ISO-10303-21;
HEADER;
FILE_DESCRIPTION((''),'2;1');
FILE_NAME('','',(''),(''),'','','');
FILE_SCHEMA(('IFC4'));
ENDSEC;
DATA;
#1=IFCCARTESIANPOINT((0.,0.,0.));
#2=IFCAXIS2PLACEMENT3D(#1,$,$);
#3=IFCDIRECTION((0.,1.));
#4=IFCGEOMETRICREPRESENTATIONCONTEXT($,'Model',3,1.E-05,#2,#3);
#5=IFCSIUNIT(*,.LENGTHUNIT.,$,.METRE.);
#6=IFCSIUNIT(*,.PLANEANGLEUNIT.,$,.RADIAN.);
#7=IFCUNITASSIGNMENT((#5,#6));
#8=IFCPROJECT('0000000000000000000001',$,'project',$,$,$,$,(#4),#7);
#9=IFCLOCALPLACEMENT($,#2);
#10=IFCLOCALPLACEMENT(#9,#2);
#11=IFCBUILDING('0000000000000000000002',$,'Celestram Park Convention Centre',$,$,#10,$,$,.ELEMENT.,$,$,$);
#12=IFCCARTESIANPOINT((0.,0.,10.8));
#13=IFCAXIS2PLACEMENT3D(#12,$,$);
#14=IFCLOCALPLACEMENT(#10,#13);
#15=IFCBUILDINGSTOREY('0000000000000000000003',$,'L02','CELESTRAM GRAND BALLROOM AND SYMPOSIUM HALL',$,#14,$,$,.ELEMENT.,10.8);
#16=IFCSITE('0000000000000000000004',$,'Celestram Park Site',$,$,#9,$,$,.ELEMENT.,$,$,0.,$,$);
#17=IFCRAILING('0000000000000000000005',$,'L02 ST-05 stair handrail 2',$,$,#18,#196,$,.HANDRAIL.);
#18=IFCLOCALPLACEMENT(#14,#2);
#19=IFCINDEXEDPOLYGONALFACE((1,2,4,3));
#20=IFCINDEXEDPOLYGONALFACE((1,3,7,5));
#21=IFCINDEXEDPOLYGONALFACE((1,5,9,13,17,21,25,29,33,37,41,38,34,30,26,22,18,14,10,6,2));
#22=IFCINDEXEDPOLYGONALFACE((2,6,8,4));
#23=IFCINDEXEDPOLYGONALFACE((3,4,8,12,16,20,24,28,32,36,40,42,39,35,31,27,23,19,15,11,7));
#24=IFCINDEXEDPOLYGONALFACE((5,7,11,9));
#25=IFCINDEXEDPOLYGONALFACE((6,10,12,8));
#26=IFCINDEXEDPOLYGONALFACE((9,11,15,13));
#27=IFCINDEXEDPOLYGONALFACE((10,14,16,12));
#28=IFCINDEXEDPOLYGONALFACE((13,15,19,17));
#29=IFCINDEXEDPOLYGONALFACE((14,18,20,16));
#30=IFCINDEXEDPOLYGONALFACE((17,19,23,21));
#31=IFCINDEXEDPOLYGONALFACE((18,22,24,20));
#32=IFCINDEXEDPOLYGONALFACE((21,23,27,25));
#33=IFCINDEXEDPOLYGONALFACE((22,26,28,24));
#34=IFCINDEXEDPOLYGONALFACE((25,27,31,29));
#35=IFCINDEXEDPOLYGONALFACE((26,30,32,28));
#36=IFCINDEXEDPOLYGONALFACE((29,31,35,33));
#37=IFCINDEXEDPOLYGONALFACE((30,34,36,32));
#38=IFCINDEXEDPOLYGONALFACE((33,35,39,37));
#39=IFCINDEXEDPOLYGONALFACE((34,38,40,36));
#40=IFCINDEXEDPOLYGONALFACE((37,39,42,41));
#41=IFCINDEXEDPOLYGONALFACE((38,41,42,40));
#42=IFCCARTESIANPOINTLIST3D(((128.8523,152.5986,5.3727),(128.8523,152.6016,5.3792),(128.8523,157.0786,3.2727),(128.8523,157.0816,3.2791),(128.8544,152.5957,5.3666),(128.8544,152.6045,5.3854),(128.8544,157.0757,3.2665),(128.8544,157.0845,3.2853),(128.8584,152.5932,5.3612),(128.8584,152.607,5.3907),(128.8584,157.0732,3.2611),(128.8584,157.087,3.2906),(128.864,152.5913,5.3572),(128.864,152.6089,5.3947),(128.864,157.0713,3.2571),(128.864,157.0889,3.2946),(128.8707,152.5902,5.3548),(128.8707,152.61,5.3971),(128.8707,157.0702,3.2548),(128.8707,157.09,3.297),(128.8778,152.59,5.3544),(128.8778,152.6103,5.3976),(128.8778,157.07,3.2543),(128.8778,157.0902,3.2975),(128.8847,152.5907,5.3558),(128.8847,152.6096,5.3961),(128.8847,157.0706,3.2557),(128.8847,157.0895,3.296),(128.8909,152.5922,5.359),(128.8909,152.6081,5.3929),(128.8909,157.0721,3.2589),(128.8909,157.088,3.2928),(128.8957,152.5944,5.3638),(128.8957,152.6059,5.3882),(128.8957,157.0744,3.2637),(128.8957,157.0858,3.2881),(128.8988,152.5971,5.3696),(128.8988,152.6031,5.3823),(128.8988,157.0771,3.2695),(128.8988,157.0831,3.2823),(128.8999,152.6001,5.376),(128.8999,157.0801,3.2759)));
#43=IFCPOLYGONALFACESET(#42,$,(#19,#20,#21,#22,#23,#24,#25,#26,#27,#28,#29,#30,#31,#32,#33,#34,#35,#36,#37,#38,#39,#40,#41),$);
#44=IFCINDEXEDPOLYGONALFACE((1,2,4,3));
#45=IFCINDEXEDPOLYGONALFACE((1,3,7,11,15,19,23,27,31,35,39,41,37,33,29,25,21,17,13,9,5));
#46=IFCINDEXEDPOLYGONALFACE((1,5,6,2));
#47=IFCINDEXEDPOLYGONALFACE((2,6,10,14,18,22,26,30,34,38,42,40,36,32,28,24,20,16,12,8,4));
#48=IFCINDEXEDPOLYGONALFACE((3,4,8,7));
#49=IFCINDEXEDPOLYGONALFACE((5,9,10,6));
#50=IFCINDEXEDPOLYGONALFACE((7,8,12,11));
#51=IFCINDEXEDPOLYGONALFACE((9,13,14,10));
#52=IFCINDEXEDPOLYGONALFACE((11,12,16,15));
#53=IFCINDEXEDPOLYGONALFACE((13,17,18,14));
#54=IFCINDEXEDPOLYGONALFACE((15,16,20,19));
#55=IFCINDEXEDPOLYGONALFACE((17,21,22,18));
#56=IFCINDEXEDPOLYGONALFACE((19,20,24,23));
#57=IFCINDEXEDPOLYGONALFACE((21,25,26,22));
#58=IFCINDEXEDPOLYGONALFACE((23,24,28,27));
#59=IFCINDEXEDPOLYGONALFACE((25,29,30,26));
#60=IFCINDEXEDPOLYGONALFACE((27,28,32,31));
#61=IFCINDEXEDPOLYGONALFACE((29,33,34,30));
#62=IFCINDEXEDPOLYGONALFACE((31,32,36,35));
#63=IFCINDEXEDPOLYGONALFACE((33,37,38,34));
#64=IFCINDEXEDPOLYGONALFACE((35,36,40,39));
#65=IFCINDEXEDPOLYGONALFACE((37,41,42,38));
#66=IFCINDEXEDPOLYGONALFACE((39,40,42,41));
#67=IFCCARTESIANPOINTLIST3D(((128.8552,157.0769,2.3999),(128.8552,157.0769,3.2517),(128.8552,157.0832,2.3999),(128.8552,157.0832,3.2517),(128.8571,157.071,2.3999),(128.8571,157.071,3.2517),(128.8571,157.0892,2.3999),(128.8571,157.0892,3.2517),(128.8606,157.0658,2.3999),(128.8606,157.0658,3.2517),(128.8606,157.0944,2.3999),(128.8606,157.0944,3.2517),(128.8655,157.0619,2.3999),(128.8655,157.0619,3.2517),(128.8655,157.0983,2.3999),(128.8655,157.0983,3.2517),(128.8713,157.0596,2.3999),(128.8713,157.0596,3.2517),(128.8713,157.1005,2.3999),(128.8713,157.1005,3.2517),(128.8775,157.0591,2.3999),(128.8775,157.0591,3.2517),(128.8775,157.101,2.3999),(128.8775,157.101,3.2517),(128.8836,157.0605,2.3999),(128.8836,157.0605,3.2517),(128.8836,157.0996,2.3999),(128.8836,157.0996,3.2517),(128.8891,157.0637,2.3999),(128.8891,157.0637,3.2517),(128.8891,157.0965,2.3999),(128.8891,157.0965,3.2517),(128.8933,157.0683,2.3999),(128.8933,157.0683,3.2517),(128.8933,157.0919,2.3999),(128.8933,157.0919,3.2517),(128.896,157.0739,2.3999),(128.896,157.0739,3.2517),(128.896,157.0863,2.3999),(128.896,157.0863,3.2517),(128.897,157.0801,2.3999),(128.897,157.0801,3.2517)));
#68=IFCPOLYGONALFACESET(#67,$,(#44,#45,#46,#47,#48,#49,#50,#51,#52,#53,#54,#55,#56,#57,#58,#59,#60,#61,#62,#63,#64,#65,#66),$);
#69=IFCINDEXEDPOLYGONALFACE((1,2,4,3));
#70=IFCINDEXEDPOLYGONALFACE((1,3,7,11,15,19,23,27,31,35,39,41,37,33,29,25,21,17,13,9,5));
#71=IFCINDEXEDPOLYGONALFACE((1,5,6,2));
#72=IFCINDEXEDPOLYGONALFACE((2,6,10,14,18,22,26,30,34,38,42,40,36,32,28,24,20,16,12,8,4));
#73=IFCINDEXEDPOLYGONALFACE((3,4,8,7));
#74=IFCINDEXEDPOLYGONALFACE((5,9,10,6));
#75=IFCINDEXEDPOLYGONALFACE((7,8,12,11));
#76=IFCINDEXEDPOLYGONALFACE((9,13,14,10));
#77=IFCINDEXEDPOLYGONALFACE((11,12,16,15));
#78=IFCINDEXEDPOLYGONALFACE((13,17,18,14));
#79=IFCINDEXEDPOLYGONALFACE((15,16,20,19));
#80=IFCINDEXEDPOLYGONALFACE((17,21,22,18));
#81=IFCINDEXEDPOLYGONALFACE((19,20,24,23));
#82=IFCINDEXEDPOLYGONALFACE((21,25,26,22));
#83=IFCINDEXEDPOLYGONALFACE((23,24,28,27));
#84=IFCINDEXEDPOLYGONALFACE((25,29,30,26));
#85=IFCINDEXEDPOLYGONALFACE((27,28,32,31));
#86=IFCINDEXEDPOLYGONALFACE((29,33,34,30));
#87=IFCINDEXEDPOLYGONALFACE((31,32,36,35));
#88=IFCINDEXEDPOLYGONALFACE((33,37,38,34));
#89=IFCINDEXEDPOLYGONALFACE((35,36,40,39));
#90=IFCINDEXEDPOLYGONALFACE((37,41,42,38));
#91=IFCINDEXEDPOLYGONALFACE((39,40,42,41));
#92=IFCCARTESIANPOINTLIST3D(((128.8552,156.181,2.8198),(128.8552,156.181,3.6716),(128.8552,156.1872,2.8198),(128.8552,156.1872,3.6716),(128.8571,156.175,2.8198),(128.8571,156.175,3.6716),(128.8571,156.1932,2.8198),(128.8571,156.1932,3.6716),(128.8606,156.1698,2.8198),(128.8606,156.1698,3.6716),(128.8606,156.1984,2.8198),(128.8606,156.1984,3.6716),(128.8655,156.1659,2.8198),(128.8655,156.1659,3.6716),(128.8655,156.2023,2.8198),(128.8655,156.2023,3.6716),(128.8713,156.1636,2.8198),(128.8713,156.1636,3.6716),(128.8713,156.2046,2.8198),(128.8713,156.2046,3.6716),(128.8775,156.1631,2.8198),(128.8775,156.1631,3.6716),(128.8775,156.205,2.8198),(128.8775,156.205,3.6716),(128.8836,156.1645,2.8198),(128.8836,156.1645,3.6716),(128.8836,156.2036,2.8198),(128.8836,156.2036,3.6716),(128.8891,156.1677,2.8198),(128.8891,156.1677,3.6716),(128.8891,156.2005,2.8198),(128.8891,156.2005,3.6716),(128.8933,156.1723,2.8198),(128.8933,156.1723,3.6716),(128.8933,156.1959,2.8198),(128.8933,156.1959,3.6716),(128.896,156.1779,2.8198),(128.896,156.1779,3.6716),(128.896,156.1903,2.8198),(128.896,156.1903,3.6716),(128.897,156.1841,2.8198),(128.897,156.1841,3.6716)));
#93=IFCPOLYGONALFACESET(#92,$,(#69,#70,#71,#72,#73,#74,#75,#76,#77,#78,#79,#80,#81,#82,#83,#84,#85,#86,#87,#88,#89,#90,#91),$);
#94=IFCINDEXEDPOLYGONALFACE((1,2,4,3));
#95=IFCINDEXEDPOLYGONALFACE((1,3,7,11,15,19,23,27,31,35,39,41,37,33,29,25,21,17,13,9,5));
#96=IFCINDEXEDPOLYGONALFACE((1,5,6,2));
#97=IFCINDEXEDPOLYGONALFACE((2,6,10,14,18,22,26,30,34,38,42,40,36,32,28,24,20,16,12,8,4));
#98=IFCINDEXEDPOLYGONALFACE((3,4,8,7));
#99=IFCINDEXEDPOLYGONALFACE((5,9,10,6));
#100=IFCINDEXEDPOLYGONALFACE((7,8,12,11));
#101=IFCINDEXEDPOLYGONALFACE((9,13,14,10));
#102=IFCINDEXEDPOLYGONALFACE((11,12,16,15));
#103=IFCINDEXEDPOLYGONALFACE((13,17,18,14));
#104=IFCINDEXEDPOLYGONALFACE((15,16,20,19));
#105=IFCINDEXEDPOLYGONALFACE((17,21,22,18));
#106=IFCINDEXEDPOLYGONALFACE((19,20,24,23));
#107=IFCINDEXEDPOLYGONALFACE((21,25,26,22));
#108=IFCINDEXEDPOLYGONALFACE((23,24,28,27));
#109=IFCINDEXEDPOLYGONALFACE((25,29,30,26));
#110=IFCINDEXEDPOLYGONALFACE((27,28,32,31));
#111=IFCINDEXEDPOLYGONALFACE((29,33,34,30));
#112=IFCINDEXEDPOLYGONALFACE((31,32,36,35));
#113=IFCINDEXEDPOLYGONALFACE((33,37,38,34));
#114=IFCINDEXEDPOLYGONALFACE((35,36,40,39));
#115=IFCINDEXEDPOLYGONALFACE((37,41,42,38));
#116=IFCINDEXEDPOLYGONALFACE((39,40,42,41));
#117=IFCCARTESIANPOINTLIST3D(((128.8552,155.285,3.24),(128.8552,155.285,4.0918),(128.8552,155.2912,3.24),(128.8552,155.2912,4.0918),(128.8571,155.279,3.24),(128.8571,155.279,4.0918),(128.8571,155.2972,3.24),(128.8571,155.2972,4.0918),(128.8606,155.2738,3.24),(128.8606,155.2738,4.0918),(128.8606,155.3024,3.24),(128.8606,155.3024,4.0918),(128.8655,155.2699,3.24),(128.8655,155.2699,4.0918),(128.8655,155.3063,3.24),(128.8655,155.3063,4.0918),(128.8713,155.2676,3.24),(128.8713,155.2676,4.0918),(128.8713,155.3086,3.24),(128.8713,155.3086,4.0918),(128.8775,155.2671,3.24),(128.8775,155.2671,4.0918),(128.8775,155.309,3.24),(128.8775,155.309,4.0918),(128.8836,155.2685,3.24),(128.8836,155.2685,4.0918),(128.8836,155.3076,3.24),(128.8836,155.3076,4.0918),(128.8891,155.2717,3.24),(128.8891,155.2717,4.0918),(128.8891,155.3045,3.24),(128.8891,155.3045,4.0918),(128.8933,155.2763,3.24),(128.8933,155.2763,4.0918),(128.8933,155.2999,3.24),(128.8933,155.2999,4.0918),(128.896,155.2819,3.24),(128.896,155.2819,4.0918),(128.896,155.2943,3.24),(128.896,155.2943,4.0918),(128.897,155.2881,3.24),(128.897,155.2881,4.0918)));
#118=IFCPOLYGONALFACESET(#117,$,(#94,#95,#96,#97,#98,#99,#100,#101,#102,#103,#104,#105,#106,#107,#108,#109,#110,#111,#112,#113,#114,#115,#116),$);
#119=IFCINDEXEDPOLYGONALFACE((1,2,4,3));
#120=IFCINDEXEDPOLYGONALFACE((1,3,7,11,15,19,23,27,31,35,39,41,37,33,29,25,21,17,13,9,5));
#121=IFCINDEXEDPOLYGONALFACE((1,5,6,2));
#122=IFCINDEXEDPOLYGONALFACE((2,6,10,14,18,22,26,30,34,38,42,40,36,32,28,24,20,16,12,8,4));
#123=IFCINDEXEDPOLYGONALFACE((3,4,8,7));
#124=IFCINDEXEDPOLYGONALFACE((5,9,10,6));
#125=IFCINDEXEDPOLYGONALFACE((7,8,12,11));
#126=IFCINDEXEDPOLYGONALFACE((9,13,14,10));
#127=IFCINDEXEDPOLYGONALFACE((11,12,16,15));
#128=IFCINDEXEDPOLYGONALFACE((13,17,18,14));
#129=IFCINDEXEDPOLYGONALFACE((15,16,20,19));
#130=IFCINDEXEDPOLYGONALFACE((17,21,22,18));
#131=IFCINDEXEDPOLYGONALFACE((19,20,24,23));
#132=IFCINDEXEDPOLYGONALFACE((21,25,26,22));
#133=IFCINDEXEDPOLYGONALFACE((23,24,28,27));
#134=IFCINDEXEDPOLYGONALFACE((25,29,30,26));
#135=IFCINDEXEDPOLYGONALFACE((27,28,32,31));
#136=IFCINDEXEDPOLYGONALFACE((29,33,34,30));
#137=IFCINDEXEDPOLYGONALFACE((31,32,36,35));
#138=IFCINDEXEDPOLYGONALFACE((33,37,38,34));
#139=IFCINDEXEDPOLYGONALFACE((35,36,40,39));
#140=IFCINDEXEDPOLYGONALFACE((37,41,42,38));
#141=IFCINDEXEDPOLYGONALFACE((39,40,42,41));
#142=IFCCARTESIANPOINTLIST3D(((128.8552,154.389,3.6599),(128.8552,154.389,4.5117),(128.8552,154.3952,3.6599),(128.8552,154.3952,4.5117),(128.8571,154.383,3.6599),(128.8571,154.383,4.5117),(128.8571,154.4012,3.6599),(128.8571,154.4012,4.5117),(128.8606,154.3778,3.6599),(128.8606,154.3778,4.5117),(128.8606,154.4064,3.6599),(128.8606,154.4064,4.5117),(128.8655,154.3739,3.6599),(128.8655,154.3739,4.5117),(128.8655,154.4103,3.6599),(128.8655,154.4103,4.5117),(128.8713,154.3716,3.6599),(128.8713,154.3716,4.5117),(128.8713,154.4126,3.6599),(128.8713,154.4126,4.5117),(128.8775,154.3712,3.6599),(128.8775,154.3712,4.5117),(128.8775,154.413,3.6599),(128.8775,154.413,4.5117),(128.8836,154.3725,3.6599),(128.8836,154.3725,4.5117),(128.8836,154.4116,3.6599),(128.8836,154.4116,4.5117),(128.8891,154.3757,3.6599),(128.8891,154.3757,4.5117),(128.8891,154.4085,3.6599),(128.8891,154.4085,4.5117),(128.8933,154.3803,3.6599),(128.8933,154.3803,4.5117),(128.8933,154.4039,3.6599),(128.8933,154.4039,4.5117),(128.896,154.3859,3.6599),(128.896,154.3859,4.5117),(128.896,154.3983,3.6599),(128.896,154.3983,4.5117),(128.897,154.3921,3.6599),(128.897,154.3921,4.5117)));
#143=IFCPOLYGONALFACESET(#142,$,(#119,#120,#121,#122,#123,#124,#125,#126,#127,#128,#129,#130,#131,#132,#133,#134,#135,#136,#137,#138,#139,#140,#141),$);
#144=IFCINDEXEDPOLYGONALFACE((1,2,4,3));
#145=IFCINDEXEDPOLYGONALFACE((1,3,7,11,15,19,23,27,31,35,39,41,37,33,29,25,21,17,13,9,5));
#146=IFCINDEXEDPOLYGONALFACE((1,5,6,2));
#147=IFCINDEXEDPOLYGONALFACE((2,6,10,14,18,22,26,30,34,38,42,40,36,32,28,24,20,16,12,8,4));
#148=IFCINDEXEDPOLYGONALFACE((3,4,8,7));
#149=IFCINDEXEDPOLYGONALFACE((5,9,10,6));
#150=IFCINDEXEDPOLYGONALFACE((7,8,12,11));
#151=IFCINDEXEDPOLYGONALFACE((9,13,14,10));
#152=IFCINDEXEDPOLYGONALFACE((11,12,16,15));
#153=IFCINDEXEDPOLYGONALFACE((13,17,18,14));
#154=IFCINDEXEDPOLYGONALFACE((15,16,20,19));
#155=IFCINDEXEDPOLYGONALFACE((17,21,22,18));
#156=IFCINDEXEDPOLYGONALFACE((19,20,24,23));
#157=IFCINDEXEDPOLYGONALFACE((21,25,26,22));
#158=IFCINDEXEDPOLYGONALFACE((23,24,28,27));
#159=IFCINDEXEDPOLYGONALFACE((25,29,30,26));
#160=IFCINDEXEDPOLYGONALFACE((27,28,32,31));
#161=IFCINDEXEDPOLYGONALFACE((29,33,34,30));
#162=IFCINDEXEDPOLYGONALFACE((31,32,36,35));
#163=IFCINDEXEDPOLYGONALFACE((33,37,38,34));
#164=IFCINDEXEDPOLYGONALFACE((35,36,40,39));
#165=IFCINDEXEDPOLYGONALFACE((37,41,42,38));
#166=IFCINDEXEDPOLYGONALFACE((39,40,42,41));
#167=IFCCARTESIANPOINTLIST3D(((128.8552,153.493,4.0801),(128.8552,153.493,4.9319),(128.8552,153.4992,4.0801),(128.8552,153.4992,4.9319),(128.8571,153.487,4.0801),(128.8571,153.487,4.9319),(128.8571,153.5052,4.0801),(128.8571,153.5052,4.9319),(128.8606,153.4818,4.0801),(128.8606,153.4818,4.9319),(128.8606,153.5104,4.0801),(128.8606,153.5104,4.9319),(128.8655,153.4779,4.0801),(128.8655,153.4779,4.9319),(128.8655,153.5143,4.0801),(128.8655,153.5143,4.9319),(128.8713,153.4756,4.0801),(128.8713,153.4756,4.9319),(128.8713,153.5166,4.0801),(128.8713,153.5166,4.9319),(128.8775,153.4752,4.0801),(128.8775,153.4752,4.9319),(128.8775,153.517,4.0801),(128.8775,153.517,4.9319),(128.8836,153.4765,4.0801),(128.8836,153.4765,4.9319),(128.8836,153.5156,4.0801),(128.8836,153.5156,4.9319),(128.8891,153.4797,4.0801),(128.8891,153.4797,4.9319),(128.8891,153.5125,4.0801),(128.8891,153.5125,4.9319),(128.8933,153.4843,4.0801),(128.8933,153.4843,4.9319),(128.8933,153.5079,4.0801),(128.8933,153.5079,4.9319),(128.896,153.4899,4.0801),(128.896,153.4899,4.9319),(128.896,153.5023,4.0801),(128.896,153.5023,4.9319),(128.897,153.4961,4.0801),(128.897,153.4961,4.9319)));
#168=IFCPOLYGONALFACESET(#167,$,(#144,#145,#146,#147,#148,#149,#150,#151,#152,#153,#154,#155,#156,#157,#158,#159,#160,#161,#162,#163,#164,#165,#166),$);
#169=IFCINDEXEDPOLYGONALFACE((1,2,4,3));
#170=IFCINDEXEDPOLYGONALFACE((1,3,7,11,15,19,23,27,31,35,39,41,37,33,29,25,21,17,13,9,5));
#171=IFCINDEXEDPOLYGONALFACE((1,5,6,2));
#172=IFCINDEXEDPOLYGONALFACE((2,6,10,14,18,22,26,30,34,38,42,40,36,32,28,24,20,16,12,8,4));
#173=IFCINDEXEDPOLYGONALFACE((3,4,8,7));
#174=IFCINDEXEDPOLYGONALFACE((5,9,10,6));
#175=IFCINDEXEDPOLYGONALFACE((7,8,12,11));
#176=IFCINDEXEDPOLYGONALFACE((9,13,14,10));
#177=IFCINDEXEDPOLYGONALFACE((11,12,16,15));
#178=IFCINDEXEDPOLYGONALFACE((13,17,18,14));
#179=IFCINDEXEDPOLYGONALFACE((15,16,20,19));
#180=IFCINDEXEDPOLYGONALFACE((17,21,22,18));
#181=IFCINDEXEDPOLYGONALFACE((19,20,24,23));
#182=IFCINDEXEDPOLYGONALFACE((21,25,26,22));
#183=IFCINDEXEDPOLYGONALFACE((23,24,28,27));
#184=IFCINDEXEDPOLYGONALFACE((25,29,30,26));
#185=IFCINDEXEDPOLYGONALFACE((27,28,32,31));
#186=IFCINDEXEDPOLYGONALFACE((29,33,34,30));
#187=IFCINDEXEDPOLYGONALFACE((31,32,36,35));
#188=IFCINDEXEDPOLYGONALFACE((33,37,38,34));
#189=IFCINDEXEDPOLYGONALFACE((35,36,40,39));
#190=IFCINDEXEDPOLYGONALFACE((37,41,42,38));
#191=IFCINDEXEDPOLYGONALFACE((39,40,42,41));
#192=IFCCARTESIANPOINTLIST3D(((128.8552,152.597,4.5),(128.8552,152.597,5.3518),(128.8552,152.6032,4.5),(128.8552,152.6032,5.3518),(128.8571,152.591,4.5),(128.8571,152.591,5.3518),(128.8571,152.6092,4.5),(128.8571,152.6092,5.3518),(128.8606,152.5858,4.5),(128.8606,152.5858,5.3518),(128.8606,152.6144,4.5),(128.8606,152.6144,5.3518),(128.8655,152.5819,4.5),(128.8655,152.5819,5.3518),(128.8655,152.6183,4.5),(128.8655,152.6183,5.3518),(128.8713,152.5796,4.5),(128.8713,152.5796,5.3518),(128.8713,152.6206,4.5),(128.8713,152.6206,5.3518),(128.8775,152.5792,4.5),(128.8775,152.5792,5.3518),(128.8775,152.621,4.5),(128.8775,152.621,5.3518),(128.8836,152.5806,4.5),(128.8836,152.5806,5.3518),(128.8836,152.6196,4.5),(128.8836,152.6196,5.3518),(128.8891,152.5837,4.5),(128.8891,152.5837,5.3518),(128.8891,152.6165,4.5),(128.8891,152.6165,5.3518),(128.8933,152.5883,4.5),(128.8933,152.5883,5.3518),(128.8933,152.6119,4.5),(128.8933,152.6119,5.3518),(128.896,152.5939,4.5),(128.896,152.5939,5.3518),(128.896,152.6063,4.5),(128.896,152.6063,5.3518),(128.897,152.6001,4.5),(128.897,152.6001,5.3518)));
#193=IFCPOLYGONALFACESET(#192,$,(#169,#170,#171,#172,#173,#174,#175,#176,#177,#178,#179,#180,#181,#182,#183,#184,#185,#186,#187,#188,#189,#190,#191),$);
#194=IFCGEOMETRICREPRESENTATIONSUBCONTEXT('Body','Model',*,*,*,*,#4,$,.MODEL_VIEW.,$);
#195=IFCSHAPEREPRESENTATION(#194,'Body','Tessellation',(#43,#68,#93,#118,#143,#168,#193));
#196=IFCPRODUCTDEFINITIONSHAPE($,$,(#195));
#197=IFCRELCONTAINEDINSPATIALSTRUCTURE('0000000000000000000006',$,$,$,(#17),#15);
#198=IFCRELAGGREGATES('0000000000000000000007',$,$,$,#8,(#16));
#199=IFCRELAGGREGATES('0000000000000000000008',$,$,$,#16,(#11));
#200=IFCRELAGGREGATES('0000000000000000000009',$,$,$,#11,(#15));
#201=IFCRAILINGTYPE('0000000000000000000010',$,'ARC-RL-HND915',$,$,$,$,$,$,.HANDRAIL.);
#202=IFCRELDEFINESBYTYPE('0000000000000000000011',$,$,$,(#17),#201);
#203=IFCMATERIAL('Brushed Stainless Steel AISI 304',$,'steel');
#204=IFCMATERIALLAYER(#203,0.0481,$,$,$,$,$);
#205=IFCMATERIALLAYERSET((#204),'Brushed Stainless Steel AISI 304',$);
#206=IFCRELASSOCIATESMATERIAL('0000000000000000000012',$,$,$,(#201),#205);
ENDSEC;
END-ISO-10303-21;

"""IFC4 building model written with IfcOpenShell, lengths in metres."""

from ifc_helpers import new_model, si_unit, direction, frame, origin, origin_2d, place, context, subcontext, project, spatial, circle, extrude, material, layer, layer_set, type_object, element, save


model = new_model("IFC4")

# Units and contexts
model_context = context("Model", 3, precision=1e-05, world=origin(), true_north=direction((0.0, 1.0)))
body_context = subcontext(model_context, "Body", "Model", "MODEL_VIEW")
ifc_project = project(units=[si_unit("LENGTHUNIT", "METRE"), si_unit("PLANEANGLEUNIT", "RADIAN")], contexts=[model_context])

# Site, building, storey
site_placement = place(None, origin())
site = spatial("IfcSite", under=ifc_project, at=site_placement, Name="Celestram Park Site", CompositionType="ELEMENT", RefElevation=0.0)
building_placement = place(site_placement, origin())
building = spatial("IfcBuilding", under=site, at=building_placement, Name="Celestram Park Convention Centre", CompositionType="ELEMENT")
storey_placement = place(building_placement, frame((0.0, 0.0, 10.8)))
storey = spatial("IfcBuildingStorey", under=building, at=storey_placement, Name="L02", Description="CELESTRAM GRAND BALLROOM AND SYMPOSIUM HALL", CompositionType="ELEMENT", Elevation=10.8)

# Railing
ifc_material_1 = material(Name="Brushed Stainless Steel AISI 304", Category="steel")
ifc_layer_1 = layer(ifc_material_1, 0.0481)
ifc_layer_set_1 = layer_set([ifc_layer_1], Name="Brushed Stainless Steel AISI 304")
railing_type_1 = type_object("IfcRailingType", Name="ARC-RL-HND915", PredefinedType="HANDRAIL", material=ifc_layer_set_1)
railing_1_placement = place(storey_placement, frame((128.876, 157.0801, 2.3999)))
element("IfcRailing", 1, at=railing_1_placement, inside=storey, type_object=railing_type_1, Name="L02 ST-05 stair handrail 2", PredefinedType="HANDRAIL", context=body_context, shape_type="SweptSolid", body=[
    extrude(circle(Radius=0.0239, at=origin_2d()), frame((0.0, 0.0, 0.876), z_axis=(0.0, -0.905451, 0.424452), x_axis=(1.0, 0.0, 0.0)), (0.0, 0.0, 1.0), 4.9478),
    extrude(circle(Radius=0.021, at=origin_2d()), origin(), (0.0, 0.0, 1.0), 0.8518),
    extrude(circle(Radius=0.021, at=origin_2d()), frame((0.0, -0.896, 0.4199)), (0.0, 0.0, 1.0), 0.8518),
    extrude(circle(Radius=0.021, at=origin_2d()), frame((0.0, -1.792, 0.8401)), (0.0, 0.0, 1.0), 0.8518),
    extrude(circle(Radius=0.021, at=origin_2d()), frame((0.0, -2.688, 1.26)), (0.0, 0.0, 1.0), 0.8518),
    extrude(circle(Radius=0.021, at=origin_2d()), frame((0.0, -3.584, 1.6802)), (0.0, 0.0, 1.0), 0.8518),
    extrude(circle(Radius=0.021, at=origin_2d()), frame((0.0, -4.48, 2.1001)), (0.0, 0.0, 1.0), 0.8518),
])

save(model, "model.ifc")
